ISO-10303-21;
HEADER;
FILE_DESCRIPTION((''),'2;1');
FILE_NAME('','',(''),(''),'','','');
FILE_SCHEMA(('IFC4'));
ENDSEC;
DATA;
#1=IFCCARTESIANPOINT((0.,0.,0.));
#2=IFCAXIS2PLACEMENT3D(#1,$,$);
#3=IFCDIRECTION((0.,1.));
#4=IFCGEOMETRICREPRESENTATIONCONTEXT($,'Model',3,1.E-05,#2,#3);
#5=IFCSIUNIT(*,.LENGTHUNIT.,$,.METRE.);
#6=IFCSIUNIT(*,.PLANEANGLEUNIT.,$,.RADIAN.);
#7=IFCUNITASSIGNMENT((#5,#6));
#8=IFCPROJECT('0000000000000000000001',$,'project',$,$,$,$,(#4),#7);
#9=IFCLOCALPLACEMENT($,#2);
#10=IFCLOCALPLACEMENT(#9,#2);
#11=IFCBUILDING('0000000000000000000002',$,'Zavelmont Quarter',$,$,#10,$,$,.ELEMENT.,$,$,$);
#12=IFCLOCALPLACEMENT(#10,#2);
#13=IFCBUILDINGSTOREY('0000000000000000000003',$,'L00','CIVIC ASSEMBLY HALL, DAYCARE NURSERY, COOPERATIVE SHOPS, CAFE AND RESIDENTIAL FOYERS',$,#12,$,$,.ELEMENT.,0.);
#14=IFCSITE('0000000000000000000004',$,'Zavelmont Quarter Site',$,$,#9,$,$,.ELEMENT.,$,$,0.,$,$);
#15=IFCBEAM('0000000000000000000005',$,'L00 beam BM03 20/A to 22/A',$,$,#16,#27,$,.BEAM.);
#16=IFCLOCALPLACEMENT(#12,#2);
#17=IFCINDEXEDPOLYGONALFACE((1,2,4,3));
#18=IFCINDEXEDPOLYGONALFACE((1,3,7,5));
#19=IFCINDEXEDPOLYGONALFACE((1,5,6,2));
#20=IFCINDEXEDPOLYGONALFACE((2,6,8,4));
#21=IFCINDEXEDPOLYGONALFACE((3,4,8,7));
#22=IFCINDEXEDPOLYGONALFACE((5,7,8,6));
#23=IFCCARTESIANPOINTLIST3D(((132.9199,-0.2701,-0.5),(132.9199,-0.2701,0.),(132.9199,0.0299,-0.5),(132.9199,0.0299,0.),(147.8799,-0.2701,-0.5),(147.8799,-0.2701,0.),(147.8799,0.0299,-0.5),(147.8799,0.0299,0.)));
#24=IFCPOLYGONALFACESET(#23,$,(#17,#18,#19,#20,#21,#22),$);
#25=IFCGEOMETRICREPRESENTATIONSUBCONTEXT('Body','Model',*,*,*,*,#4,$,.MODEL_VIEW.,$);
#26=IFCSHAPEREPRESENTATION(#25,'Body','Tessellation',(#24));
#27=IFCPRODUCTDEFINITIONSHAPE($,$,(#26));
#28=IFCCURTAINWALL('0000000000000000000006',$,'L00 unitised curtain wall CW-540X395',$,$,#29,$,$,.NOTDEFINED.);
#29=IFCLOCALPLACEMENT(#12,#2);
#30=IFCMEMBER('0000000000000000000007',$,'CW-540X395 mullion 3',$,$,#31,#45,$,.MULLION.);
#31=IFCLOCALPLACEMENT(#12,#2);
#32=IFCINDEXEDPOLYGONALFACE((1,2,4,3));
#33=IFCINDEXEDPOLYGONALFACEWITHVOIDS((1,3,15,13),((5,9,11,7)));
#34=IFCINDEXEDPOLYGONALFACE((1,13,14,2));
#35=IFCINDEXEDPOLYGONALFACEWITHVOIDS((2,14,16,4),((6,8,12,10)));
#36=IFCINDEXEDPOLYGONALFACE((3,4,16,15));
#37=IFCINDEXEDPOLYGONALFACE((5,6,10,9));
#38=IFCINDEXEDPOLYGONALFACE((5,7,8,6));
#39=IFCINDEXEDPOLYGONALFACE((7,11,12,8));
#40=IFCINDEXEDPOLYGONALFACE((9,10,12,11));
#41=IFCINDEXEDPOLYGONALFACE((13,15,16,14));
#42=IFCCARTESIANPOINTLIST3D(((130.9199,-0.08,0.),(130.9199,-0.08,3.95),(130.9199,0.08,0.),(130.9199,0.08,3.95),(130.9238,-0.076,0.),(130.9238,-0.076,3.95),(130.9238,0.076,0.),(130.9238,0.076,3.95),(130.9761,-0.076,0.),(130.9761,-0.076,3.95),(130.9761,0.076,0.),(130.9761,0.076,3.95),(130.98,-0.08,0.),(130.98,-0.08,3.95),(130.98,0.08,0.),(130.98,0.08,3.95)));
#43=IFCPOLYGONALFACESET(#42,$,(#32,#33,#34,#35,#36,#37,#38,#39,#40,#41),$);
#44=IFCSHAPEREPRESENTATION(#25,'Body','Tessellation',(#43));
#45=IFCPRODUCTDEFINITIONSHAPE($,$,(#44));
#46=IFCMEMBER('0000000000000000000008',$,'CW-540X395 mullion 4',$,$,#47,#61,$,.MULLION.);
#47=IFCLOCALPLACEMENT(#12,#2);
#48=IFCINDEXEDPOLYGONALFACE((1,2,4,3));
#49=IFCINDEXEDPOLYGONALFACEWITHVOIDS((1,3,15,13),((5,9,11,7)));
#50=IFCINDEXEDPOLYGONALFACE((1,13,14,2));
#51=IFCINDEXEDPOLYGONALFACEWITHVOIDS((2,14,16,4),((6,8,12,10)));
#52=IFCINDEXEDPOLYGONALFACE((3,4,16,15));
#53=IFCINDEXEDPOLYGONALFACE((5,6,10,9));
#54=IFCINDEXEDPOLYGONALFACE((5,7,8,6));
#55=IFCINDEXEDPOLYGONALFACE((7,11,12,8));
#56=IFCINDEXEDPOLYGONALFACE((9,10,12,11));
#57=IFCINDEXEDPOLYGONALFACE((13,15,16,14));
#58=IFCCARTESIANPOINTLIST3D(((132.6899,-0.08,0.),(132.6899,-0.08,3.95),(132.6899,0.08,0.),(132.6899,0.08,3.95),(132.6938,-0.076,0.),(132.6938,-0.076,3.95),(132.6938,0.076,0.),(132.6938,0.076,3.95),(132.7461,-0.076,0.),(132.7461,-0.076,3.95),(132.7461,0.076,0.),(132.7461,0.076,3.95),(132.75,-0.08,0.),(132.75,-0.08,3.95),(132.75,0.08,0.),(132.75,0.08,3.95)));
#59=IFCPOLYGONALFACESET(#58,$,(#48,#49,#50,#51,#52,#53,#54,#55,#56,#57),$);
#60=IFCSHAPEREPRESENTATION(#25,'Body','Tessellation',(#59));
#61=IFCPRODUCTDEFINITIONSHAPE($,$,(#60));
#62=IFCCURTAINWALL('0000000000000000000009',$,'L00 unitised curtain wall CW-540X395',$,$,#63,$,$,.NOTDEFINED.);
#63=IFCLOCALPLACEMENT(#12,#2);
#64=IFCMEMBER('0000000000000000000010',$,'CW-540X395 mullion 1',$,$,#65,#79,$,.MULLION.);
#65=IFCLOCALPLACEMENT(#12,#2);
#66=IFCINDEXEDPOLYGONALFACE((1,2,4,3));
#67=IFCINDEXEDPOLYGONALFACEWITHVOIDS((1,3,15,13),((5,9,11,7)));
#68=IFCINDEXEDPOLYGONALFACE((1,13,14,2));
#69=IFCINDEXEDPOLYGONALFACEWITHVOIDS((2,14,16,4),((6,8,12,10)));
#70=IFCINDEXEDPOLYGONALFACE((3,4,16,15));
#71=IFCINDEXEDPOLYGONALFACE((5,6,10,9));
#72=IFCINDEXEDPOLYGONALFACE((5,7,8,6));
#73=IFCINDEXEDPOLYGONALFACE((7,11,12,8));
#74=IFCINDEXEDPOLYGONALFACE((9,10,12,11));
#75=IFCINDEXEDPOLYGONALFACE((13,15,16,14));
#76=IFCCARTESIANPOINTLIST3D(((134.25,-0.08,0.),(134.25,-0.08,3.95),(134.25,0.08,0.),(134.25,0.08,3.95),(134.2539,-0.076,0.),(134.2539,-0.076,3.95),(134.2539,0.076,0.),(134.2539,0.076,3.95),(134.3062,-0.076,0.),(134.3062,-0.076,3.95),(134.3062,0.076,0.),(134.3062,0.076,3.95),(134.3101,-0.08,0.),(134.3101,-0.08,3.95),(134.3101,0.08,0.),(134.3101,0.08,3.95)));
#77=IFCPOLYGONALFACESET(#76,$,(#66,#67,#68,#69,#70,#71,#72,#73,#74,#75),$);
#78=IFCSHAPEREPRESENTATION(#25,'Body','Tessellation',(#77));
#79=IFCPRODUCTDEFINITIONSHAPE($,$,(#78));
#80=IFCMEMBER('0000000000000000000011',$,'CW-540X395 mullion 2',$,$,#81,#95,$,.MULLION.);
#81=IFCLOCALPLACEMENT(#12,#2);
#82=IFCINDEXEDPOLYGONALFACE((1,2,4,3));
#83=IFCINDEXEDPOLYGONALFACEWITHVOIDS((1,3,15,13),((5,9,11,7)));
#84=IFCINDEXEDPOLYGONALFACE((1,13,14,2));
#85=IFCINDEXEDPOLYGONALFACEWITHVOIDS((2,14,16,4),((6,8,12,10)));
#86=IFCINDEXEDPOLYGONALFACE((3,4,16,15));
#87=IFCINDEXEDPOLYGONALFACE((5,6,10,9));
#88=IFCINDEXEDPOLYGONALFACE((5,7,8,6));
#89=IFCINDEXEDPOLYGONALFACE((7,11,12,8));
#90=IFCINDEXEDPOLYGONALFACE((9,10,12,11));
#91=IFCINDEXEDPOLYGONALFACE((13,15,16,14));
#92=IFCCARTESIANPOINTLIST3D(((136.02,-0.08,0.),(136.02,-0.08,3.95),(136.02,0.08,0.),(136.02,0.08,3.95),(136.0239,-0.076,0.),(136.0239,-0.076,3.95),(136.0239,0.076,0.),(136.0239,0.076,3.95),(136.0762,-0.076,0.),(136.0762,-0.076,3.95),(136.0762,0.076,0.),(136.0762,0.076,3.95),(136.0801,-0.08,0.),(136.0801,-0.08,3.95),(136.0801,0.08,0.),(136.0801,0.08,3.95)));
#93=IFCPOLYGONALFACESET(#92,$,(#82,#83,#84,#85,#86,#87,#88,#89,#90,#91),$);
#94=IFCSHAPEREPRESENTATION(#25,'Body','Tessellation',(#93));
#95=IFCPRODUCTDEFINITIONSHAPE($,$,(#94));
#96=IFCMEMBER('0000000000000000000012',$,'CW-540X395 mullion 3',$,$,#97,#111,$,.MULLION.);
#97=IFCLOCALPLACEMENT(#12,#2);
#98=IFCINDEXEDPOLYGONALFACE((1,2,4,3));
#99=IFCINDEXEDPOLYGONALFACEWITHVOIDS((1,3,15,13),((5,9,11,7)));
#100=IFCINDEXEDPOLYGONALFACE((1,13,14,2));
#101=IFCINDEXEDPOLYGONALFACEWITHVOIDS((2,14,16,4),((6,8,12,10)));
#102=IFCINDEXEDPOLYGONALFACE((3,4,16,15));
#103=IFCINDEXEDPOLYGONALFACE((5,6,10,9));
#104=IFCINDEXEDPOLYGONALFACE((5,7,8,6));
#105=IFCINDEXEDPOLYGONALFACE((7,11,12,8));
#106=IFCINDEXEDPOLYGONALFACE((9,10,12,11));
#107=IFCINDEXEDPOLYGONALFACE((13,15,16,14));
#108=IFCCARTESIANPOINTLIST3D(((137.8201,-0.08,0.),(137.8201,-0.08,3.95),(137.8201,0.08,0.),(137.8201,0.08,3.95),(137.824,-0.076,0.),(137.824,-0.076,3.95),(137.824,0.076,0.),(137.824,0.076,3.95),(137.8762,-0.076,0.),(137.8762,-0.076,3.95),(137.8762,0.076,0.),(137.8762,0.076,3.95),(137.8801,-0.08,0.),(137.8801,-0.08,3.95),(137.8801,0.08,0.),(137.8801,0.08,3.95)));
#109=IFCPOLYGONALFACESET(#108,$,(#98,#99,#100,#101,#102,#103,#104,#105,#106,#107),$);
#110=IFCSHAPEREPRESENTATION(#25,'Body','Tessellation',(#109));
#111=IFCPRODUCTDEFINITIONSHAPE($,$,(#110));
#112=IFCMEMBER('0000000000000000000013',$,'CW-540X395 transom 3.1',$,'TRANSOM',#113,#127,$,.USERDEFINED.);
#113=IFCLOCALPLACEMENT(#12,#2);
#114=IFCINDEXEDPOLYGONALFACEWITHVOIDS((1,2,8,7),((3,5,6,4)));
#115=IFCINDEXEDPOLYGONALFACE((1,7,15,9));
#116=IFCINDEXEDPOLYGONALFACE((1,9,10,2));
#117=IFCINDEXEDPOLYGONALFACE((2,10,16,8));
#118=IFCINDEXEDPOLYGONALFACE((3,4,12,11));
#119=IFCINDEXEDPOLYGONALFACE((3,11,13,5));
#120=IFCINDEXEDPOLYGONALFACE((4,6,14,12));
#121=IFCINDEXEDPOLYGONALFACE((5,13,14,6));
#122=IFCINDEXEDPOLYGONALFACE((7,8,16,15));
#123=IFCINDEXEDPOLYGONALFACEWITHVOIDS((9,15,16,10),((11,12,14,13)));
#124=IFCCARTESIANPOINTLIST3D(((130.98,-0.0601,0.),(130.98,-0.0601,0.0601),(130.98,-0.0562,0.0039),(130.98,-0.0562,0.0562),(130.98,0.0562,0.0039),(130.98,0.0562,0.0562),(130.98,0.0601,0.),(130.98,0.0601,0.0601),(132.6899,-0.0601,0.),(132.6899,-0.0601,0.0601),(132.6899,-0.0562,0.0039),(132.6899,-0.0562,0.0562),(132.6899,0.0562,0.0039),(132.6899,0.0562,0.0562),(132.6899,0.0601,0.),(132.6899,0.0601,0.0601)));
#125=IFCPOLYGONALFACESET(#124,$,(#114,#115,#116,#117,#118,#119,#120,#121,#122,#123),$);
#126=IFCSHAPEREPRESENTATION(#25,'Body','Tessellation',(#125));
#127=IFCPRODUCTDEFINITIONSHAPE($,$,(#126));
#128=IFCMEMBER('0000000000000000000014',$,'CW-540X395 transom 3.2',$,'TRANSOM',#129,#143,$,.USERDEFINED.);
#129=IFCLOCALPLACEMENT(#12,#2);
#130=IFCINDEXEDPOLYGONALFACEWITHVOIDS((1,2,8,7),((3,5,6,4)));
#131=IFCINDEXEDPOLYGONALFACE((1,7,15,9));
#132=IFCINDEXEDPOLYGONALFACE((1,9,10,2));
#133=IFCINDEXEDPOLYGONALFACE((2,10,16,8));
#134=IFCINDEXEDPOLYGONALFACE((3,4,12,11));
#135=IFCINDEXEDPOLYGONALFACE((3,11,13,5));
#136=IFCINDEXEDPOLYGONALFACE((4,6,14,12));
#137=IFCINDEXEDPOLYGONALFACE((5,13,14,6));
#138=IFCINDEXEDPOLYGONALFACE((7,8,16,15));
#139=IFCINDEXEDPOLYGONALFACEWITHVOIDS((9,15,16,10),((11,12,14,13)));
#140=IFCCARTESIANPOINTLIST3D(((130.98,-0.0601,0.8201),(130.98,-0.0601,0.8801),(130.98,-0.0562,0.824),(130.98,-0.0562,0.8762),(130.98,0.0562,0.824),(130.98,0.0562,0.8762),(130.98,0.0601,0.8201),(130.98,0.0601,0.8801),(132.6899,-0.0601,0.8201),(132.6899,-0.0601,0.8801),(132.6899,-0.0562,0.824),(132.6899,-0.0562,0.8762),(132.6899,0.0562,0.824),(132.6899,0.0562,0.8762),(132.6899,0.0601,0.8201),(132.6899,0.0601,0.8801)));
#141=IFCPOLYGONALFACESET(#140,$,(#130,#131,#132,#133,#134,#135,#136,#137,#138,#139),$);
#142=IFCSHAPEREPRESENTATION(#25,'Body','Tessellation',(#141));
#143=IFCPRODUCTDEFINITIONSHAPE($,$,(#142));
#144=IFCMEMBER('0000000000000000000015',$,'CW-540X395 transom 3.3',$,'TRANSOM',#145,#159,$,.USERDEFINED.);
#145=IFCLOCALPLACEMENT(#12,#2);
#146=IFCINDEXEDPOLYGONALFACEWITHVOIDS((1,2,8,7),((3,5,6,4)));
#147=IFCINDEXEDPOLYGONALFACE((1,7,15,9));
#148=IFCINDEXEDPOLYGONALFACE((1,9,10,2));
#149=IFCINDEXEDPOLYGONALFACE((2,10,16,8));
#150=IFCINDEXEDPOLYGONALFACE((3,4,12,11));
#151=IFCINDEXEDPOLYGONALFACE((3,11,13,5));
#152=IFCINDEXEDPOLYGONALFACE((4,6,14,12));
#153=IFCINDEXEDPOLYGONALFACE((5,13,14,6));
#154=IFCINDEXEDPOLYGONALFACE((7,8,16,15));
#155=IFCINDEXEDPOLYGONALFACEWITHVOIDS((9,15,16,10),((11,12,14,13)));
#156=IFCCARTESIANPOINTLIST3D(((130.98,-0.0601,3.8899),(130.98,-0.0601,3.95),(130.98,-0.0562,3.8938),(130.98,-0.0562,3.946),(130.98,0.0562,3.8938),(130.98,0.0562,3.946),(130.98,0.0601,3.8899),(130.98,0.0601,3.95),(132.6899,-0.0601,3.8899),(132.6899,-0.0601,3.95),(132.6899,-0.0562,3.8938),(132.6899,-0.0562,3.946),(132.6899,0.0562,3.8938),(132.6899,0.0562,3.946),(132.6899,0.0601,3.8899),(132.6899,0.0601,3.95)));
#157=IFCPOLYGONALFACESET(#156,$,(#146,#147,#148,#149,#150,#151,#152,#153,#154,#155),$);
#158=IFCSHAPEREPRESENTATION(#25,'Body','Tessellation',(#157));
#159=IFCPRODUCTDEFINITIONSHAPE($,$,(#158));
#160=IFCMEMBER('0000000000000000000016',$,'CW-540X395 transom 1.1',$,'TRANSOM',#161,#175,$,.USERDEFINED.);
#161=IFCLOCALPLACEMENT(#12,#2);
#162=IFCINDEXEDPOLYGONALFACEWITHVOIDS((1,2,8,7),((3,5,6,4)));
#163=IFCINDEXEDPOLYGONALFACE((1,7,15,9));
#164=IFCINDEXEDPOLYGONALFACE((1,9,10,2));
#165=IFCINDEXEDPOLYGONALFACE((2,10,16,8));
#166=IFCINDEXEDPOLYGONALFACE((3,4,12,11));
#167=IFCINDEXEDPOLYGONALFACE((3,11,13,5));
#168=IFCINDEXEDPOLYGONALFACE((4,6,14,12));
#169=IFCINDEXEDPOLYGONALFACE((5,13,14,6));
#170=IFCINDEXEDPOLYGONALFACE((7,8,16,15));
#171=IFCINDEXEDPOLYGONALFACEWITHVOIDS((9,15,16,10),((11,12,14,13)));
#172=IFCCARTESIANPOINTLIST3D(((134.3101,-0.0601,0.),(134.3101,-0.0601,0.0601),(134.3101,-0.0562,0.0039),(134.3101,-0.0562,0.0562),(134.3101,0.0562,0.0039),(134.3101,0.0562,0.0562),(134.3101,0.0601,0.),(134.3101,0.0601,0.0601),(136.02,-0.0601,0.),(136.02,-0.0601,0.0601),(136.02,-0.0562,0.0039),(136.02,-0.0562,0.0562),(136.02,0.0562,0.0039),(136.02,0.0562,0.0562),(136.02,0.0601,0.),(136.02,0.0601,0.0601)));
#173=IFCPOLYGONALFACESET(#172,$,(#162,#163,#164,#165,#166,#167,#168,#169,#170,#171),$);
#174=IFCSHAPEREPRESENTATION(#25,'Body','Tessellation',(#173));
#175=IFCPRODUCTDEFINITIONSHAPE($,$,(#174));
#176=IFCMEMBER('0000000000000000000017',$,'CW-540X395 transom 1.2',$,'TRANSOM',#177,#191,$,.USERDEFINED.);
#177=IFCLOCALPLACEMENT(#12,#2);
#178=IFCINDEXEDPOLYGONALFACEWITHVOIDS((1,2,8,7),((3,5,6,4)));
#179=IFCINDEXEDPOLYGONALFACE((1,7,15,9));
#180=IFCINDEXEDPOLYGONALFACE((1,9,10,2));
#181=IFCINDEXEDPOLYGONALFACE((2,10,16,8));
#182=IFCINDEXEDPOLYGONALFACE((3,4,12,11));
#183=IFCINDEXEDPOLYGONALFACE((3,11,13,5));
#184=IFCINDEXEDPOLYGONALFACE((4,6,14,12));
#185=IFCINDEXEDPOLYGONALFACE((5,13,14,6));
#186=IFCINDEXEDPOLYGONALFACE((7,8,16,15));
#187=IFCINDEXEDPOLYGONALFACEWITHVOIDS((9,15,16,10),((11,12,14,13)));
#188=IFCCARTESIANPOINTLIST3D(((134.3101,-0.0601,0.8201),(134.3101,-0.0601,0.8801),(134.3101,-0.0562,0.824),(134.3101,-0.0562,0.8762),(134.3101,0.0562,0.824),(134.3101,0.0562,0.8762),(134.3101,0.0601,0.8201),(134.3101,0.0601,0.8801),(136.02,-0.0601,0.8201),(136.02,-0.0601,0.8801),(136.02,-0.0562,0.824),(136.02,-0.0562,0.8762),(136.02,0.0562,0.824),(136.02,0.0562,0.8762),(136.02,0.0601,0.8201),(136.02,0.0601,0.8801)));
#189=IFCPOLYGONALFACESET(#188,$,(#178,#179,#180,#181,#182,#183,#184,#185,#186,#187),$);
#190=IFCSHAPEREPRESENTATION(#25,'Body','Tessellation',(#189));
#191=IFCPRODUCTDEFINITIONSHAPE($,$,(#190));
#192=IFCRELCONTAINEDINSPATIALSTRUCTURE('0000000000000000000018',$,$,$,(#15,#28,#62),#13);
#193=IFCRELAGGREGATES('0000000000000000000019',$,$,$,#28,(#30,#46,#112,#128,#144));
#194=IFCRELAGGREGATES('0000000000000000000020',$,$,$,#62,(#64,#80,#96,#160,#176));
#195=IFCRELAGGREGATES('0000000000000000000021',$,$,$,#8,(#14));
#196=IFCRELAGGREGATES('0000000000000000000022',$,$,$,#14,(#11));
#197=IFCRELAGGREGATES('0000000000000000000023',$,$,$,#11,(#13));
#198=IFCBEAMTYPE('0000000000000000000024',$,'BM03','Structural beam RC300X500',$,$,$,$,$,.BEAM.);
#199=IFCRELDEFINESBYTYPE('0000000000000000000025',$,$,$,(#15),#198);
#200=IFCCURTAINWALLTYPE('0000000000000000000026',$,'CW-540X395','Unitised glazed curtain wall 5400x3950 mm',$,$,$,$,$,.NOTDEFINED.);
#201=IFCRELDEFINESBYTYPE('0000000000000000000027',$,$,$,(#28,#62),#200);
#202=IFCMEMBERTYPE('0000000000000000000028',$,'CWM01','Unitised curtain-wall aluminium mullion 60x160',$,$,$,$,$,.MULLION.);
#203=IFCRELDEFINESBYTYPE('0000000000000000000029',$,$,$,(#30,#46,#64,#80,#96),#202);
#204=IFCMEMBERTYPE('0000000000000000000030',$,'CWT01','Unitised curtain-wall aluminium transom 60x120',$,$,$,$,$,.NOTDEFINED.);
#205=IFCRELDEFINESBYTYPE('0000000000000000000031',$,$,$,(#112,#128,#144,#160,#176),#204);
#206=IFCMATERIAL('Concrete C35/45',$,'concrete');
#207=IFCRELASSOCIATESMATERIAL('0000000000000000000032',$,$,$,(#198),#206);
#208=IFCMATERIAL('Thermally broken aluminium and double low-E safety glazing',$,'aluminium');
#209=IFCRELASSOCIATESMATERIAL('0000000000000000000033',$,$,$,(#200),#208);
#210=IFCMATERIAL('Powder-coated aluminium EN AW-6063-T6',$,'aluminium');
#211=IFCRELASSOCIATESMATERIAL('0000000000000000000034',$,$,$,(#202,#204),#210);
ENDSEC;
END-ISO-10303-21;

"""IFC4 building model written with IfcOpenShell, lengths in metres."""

from ifc_helpers import new_model, si_unit, direction, frame, origin, origin_2d, place, context, subcontext, project, spatial, rectangle, hollow_rectangle, extrude, material, material_profile, profile_set, type_object, element, aggregate, save


model = new_model("IFC4")

# Units and contexts
model_context = context("Model", 3, precision=1e-05, world=origin(), true_north=direction((0.0, 1.0)))
body_context = subcontext(model_context, "Body", "Model", "MODEL_VIEW")
ifc_project = project(units=[si_unit("LENGTHUNIT", "METRE"), si_unit("PLANEANGLEUNIT", "RADIAN")], contexts=[model_context])

# Site, building, storey
site_placement = place(None, origin())
site = spatial("IfcSite", under=ifc_project, at=site_placement, Name="Zavelmont Quarter Site", CompositionType="ELEMENT", RefElevation=0.0)
building_placement = place(site_placement, origin())
building = spatial("IfcBuilding", under=site, at=building_placement, Name="Zavelmont Quarter", CompositionType="ELEMENT")
storey_placement = place(building_placement, origin())
storey = spatial("IfcBuildingStorey", under=building, at=storey_placement, Name="L00", Description="CIVIC ASSEMBLY HALL, DAYCARE NURSERY, COOPERATIVE SHOPS, CAFE AND RESIDENTIAL FOYERS", CompositionType="ELEMENT", Elevation=0.0)

# Beam
ifc_material_1 = material(Name="Concrete C35/45", Category="concrete")
ifc_material_profile_1 = material_profile(ifc_material_1, rectangle(XDim=0.3, YDim=0.5, at=origin_2d()), Name="RC300X500")
ifc_profile_set_1 = profile_set([ifc_material_profile_1], Name="Concrete C35/45")
beam_type = type_object("IfcBeamType", Name="BM03", Description="Structural beam RC300X500", PredefinedType="BEAM", material=ifc_profile_set_1)
beam_placement = place(storey_placement, frame((132.9199, -0.1201, -0.25), z_axis=(1.0, 0.0, 0.0), x_axis=(0.0, 1.0, 0.0)))
element("IfcBeam", 1, at=beam_placement, inside=storey, type_object=beam_type, Name="L00 beam BM03 20/A to 22/A", PredefinedType="BEAM", context=body_context, shape_type="SweptSolid", body=[
    extrude(rectangle(XDim=0.3, YDim=0.5, at=origin_2d()), origin(), (0.0, 0.0, 1.0), 14.96),
])

# Curtain walls, members
ifc_material_2 = material(Name="Thermally broken aluminium and double low-E safety glazing", Category="aluminium")
curtain_wall_type = type_object("IfcCurtainWallType", Name="CW-540X395", Description="Unitised glazed curtain wall 5400x3950 mm", PredefinedType="NOTDEFINED", material=ifc_material_2)
curtain_wall_1_placement = place(storey_placement, origin())
curtain_wall_1 = element("IfcCurtainWall", 2, at=curtain_wall_1_placement, inside=storey, type_object=curtain_wall_type, Name="L00 unitised curtain wall CW-540X395", PredefinedType="NOTDEFINED")
ifc_material_3 = material(Name="Powder-coated aluminium EN AW-6063-T6", Category="aluminium")
ifc_material_profile_2 = material_profile(ifc_material_3, hollow_rectangle(XDim=0.0601, YDim=0.1599, WallThickness=0.0039, at=origin_2d()), Name="CWM60X160")
ifc_profile_set_2 = profile_set([ifc_material_profile_2], Name="Powder-coated aluminium EN AW-6063-T6")
member_type_1 = type_object("IfcMemberType", Name="CWM01", Description="Unitised curtain-wall aluminium mullion 60x160", PredefinedType="MULLION", material=ifc_profile_set_2)
member_1_placement = place(storey_placement, frame((130.95, 0.0, 0.0), z_axis=(0.0, 0.0, 1.0), x_axis=(1.0, 0.0, 0.0)))
member_1 = element("IfcMember", 3, at=member_1_placement, type_object=member_type_1, Name="CW-540X395 mullion 3", PredefinedType="MULLION", context=body_context, shape_type="SweptSolid", body=[
    extrude(hollow_rectangle(XDim=0.0601, YDim=0.1599, WallThickness=0.0039, at=origin_2d()), origin(), (0.0, 0.0, 1.0), 3.95),
])
member_2_placement = place(storey_placement, frame((132.72, 0.0, 0.0), z_axis=(0.0, 0.0, 1.0), x_axis=(1.0, 0.0, 0.0)))
member_2 = element("IfcMember", 4, at=member_2_placement, type_object=member_type_1, Name="CW-540X395 mullion 4", PredefinedType="MULLION", context=body_context, shape_type="SweptSolid", body=[
    extrude(hollow_rectangle(XDim=0.0601, YDim=0.1599, WallThickness=0.0039, at=origin_2d()), origin(), (0.0, 0.0, 1.0), 3.95),
])
curtain_wall_2_placement = place(storey_placement, origin())
curtain_wall_2 = element("IfcCurtainWall", 5, at=curtain_wall_2_placement, inside=storey, type_object=curtain_wall_type, Name="L00 unitised curtain wall CW-540X395", PredefinedType="NOTDEFINED")
member_3_placement = place(storey_placement, frame((134.28, 0.0, 0.0), z_axis=(0.0, 0.0, 1.0), x_axis=(1.0, 0.0, 0.0)))
member_3 = element("IfcMember", 6, at=member_3_placement, type_object=member_type_1, Name="CW-540X395 mullion 1", PredefinedType="MULLION", context=body_context, shape_type="SweptSolid", body=[
    extrude(hollow_rectangle(XDim=0.0601, YDim=0.1599, WallThickness=0.0039, at=origin_2d()), origin(), (0.0, 0.0, 1.0), 3.95),
])
member_4_placement = place(storey_placement, frame((136.05, 0.0, 0.0), z_axis=(0.0, 0.0, 1.0), x_axis=(1.0, 0.0, 0.0)))
member_4 = element("IfcMember", 7, at=member_4_placement, type_object=member_type_1, Name="CW-540X395 mullion 2", PredefinedType="MULLION", context=body_context, shape_type="SweptSolid", body=[
    extrude(hollow_rectangle(XDim=0.0601, YDim=0.1599, WallThickness=0.0039, at=origin_2d()), origin(), (0.0, 0.0, 1.0), 3.95),
])
member_5_placement = place(storey_placement, frame((137.8501, 0.0, 0.0), z_axis=(0.0, 0.0, 1.0), x_axis=(1.0, 0.0, 0.0)))
member_5 = element("IfcMember", 8, at=member_5_placement, type_object=member_type_1, Name="CW-540X395 mullion 3", PredefinedType="MULLION", context=body_context, shape_type="SweptSolid", body=[
    extrude(hollow_rectangle(XDim=0.0601, YDim=0.1599, WallThickness=0.0039, at=origin_2d()), origin(), (0.0, 0.0, 1.0), 3.95),
])

# Members
ifc_material_profile_3 = material_profile(ifc_material_3, hollow_rectangle(XDim=0.1201, YDim=0.0601, WallThickness=0.0039, at=origin_2d()), Name="CWT60X120")
ifc_profile_set_3 = profile_set([ifc_material_profile_3], Name="Powder-coated aluminium EN AW-6063-T6")
member_type_2 = type_object("IfcMemberType", Name="CWT01", Description="Unitised curtain-wall aluminium transom 60x120", PredefinedType="NOTDEFINED", material=ifc_profile_set_3)
member_6_placement = place(storey_placement, frame((130.98, 0.0, 0.03), z_axis=(1.0, 0.0, 0.0), x_axis=(0.0, 1.0, 0.0)))
member_6 = element("IfcMember", 9, at=member_6_placement, type_object=member_type_2, Name="CW-540X395 transom 3.1", ObjectType="TRANSOM", PredefinedType="USERDEFINED", context=body_context, shape_type="SweptSolid", body=[
    extrude(hollow_rectangle(XDim=0.1201, YDim=0.0601, WallThickness=0.0039, at=origin_2d()), origin(), (0.0, 0.0, 1.0), 1.71),
])
member_7_placement = place(storey_placement, frame((130.98, 0.0, 0.8501), z_axis=(1.0, 0.0, 0.0), x_axis=(0.0, 1.0, 0.0)))
member_7 = element("IfcMember", 10, at=member_7_placement, type_object=member_type_2, Name="CW-540X395 transom 3.2", ObjectType="TRANSOM", PredefinedType="USERDEFINED", context=body_context, shape_type="SweptSolid", body=[
    extrude(hollow_rectangle(XDim=0.1201, YDim=0.0601, WallThickness=0.0039, at=origin_2d()), origin(), (0.0, 0.0, 1.0), 1.71),
])
member_8_placement = place(storey_placement, frame((130.98, 0.0, 3.9199), z_axis=(1.0, 0.0, 0.0), x_axis=(0.0, 1.0, 0.0)))
member_8 = element("IfcMember", 11, at=member_8_placement, type_object=member_type_2, Name="CW-540X395 transom 3.3", ObjectType="TRANSOM", PredefinedType="USERDEFINED", context=body_context, shape_type="SweptSolid", body=[
    extrude(hollow_rectangle(XDim=0.1201, YDim=0.0601, WallThickness=0.0039, at=origin_2d()), origin(), (0.0, 0.0, 1.0), 1.71),
])
member_9_placement = place(storey_placement, frame((134.3101, 0.0, 0.03), z_axis=(1.0, 0.0, 0.0), x_axis=(0.0, 1.0, 0.0)))
member_9 = element("IfcMember", 12, at=member_9_placement, type_object=member_type_2, Name="CW-540X395 transom 1.1", ObjectType="TRANSOM", PredefinedType="USERDEFINED", context=body_context, shape_type="SweptSolid", body=[
    extrude(hollow_rectangle(XDim=0.1201, YDim=0.0601, WallThickness=0.0039, at=origin_2d()), origin(), (0.0, 0.0, 1.0), 1.71),
])
member_10_placement = place(storey_placement, frame((134.3101, 0.0, 0.8501), z_axis=(1.0, 0.0, 0.0), x_axis=(0.0, 1.0, 0.0)))
member_10 = element("IfcMember", 13, at=member_10_placement, type_object=member_type_2, Name="CW-540X395 transom 1.2", ObjectType="TRANSOM", PredefinedType="USERDEFINED", context=body_context, shape_type="SweptSolid", body=[
    extrude(hollow_rectangle(XDim=0.1201, YDim=0.0601, WallThickness=0.0039, at=origin_2d()), origin(), (0.0, 0.0, 1.0), 1.71),
])

aggregate(curtain_wall_1, [member_1, member_2, member_6, member_7, member_8])
aggregate(curtain_wall_2, [member_3, member_4, member_5, member_9, member_10])

save(model, "model.ifc")
